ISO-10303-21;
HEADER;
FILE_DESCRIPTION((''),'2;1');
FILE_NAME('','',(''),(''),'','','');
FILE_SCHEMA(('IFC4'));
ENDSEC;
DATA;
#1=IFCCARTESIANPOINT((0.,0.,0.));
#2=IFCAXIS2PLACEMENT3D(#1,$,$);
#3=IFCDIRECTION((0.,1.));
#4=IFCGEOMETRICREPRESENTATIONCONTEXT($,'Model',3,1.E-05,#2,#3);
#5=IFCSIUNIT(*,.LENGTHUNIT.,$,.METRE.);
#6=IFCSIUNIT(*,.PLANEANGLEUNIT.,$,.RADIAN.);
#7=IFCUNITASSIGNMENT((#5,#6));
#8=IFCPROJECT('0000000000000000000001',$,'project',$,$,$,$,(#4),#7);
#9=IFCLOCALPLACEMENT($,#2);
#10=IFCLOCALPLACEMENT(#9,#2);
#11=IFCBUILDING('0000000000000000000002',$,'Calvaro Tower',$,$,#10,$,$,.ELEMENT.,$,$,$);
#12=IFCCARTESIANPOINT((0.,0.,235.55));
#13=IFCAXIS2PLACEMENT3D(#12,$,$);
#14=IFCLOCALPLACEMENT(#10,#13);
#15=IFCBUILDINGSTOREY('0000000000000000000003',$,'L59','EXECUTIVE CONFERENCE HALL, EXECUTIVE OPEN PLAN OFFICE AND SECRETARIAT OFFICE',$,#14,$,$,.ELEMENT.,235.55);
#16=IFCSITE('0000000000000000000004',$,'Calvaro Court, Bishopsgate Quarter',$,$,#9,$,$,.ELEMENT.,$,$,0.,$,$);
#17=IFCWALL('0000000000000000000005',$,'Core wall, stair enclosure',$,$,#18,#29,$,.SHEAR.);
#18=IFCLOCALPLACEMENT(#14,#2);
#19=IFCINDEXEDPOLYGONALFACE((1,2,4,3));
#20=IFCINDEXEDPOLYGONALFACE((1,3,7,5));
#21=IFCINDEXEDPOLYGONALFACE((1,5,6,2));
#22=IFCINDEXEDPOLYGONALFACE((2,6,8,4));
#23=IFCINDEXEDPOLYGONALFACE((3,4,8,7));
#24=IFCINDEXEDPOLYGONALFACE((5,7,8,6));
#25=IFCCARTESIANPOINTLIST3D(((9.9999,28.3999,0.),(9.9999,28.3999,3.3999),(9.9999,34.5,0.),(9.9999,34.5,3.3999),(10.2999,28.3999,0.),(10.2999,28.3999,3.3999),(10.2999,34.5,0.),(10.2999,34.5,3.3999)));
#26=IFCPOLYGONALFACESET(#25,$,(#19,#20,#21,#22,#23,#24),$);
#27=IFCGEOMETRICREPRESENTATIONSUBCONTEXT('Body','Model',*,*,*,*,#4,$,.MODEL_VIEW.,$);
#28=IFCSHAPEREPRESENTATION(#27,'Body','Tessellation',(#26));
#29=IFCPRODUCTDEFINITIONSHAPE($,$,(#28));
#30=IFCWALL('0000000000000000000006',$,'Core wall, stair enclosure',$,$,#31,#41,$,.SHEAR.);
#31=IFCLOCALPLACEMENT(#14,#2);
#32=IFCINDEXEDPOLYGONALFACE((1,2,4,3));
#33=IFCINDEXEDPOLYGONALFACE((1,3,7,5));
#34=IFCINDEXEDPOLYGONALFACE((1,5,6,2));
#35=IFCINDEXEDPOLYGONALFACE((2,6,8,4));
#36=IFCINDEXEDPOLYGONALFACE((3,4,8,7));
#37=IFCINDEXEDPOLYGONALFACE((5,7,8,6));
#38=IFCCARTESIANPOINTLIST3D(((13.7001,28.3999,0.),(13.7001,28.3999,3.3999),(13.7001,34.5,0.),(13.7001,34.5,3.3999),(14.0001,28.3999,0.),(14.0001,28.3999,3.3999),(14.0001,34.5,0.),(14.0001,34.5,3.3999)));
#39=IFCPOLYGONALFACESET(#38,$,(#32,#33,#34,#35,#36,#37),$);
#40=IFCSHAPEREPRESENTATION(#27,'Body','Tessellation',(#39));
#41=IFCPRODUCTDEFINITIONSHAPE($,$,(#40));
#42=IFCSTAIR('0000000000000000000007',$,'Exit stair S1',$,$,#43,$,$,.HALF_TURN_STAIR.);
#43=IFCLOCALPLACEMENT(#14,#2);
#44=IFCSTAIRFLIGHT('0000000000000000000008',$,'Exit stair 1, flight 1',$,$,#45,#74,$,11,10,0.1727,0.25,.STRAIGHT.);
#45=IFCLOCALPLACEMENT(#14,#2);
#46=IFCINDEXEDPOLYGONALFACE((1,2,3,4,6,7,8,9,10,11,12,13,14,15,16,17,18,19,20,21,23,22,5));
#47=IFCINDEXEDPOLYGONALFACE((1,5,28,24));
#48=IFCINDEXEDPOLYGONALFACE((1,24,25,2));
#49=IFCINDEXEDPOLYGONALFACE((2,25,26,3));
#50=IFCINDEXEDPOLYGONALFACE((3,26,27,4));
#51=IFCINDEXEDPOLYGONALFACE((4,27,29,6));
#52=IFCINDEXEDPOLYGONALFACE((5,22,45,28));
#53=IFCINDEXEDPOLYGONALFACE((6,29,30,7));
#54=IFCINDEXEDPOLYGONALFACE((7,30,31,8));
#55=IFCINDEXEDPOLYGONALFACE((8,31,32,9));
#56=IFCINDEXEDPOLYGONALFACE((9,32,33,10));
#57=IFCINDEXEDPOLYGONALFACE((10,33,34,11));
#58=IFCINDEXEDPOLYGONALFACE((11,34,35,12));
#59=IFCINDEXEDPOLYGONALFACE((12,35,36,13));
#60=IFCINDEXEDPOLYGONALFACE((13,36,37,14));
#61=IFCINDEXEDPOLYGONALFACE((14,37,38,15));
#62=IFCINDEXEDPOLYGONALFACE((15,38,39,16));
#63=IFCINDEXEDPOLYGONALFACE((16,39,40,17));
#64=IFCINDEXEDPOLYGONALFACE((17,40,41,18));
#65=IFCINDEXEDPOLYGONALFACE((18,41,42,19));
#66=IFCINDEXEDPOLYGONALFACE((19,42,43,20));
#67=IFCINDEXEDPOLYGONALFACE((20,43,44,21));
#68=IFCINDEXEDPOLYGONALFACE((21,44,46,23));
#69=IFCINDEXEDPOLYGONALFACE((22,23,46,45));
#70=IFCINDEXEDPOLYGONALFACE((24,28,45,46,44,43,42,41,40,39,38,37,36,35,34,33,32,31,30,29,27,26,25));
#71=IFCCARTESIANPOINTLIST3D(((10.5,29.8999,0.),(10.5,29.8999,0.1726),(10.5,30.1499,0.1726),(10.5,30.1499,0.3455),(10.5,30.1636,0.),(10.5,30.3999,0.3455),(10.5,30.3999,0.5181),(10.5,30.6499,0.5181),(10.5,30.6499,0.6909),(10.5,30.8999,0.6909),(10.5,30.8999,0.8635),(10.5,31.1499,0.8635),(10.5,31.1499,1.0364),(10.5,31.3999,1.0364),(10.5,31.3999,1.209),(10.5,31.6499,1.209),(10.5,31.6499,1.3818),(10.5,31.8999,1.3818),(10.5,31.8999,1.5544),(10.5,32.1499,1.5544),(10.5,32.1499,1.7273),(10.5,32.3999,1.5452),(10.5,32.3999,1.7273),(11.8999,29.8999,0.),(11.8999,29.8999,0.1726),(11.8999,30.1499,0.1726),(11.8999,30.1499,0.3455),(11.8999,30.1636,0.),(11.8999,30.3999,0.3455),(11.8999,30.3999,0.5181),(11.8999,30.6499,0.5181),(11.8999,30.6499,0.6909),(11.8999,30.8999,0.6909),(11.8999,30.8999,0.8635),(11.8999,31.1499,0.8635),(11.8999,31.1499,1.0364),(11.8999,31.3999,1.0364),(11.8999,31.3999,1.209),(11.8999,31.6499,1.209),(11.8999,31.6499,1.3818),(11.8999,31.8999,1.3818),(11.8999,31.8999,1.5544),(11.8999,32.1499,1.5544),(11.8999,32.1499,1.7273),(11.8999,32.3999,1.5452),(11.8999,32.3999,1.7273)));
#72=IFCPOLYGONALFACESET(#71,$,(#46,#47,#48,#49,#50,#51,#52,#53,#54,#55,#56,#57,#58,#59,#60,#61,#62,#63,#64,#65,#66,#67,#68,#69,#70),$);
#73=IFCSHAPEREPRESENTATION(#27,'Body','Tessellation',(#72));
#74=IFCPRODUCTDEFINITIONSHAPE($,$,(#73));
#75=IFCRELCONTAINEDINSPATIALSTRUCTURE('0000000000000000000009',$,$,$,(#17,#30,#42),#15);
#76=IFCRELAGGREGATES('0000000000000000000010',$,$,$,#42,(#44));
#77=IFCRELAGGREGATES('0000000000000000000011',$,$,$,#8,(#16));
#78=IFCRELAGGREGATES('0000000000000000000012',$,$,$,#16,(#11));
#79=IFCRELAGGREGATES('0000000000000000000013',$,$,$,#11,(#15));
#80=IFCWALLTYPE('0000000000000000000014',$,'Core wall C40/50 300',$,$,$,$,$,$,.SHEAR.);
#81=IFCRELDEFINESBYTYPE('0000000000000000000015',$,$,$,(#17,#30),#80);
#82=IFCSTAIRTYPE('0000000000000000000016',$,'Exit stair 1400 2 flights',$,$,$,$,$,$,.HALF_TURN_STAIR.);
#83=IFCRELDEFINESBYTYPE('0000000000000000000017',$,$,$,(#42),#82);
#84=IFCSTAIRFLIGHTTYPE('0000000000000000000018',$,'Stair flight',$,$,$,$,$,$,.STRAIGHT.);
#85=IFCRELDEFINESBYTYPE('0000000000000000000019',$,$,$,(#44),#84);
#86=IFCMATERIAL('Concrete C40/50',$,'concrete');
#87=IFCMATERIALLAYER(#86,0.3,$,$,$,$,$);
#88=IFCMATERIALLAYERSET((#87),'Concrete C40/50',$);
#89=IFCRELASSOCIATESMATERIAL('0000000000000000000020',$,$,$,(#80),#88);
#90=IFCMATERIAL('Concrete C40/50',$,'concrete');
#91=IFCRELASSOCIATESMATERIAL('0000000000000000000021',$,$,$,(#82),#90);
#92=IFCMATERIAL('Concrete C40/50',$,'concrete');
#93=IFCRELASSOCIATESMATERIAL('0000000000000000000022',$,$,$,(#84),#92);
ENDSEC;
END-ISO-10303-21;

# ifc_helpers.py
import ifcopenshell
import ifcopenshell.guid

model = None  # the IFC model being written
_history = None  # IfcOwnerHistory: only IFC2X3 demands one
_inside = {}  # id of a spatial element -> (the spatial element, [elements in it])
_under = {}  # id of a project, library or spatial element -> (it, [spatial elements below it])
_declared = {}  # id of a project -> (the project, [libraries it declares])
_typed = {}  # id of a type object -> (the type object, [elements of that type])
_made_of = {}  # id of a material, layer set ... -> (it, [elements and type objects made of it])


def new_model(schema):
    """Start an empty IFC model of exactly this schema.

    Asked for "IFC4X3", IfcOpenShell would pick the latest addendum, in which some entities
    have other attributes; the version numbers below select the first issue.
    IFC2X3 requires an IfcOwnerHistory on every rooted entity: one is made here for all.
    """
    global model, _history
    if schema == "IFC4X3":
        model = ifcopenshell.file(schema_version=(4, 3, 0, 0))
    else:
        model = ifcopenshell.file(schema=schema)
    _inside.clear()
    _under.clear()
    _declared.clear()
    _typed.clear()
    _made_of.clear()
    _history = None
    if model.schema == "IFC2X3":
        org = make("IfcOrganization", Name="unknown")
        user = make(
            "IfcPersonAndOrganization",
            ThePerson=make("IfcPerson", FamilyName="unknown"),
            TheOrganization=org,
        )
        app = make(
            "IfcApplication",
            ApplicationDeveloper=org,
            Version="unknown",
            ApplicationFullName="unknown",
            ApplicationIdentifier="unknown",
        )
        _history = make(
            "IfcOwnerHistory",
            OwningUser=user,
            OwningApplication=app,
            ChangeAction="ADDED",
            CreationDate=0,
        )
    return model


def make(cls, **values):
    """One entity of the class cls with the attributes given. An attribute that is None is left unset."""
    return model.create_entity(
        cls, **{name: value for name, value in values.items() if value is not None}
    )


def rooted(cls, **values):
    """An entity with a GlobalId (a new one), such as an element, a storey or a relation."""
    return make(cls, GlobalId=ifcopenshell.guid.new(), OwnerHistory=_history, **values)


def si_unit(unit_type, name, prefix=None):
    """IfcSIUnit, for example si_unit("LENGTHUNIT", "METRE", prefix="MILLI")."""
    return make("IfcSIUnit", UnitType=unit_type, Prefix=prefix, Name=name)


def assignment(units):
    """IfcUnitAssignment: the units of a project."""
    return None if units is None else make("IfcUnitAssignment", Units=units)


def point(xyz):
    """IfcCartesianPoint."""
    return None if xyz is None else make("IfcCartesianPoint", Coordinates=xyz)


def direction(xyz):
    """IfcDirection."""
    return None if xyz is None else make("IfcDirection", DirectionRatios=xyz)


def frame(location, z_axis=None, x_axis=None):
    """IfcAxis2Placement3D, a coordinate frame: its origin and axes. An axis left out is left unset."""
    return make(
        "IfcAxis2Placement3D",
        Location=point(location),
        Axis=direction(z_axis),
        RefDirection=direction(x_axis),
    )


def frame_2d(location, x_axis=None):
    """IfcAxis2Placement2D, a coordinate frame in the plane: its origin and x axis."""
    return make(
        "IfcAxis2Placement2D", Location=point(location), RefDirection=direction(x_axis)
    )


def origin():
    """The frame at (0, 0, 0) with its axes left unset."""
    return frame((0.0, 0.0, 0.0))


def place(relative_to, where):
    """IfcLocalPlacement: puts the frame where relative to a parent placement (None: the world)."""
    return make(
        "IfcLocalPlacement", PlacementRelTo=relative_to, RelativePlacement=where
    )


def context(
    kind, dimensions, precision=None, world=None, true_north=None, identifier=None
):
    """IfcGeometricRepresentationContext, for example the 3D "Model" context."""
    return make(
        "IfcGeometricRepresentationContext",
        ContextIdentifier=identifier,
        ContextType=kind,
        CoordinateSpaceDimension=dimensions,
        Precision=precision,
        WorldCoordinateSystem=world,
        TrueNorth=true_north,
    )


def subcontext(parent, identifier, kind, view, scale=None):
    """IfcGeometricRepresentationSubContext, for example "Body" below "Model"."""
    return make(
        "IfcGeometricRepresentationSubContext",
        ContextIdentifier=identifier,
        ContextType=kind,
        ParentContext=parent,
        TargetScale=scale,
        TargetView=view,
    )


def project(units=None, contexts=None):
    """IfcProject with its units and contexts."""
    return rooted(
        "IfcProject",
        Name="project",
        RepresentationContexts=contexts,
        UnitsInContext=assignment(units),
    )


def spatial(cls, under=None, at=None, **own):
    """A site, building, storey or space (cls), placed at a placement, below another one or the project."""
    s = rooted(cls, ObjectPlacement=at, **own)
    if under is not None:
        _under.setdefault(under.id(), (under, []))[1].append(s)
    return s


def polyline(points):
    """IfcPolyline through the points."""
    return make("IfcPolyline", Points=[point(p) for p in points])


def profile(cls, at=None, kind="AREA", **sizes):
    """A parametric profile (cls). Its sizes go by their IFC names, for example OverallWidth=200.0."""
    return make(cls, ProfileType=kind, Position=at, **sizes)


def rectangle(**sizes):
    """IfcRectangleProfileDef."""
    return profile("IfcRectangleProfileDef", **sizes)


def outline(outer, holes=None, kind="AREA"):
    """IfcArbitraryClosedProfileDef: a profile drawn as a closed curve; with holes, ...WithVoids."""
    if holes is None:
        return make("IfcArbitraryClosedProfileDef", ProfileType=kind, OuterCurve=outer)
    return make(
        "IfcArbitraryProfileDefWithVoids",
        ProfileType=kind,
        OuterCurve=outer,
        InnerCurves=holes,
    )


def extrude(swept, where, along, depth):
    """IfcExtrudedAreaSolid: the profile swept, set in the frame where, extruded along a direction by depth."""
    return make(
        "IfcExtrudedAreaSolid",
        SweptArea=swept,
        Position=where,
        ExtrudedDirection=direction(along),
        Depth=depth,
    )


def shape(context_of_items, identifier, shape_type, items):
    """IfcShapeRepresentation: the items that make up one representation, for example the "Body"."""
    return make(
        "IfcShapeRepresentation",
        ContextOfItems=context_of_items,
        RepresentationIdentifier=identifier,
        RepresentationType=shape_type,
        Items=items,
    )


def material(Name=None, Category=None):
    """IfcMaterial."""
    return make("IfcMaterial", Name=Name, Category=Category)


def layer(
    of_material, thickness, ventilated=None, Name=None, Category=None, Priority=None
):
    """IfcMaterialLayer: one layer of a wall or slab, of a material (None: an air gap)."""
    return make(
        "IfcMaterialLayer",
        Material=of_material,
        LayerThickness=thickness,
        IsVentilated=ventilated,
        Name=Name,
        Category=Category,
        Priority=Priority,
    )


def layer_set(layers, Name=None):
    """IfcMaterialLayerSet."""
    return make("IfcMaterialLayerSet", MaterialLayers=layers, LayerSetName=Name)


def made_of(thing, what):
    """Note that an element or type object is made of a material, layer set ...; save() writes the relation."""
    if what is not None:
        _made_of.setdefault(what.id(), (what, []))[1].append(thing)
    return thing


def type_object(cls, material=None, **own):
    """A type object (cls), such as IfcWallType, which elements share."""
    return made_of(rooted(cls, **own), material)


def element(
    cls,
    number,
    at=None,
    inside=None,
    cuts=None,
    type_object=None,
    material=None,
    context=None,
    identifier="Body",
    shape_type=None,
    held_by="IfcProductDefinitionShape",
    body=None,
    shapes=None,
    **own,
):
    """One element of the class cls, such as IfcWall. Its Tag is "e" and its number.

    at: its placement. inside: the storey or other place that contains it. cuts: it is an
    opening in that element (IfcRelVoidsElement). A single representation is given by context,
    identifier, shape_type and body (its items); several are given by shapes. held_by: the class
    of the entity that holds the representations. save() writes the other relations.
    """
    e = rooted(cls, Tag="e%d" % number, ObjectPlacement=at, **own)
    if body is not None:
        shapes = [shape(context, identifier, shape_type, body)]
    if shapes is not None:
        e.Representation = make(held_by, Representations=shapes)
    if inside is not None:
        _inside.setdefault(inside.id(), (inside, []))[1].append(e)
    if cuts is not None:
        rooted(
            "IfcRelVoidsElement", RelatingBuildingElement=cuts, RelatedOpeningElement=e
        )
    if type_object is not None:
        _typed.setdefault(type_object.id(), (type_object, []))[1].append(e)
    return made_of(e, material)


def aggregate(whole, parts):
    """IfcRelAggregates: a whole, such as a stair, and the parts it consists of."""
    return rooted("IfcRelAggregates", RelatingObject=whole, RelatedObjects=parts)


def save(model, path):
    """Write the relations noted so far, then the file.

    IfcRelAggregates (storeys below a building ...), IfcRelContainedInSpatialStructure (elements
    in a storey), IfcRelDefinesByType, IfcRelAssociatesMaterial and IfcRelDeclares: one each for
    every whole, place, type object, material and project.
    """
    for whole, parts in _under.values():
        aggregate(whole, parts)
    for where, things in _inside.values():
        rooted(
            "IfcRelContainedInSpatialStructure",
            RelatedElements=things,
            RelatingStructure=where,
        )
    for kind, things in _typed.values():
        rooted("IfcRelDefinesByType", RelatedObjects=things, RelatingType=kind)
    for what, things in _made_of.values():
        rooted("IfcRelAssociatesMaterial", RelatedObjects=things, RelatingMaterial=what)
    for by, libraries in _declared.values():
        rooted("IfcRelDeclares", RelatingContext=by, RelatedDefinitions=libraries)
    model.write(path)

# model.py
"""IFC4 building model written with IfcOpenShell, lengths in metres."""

from ifc_helpers import new_model, si_unit, direction, frame, frame_2d, origin, place, context, subcontext, project, spatial, polyline, rectangle, outline, extrude, material, layer, layer_set, type_object, element, aggregate, save


model = new_model("IFC4")

# Units and contexts
model_context = context("Model", 3, precision=1e-05, world=origin(), true_north=direction((0.0, 1.0)))
body_context = subcontext(model_context, "Body", "Model", "MODEL_VIEW")
ifc_project = project(units=[si_unit("LENGTHUNIT", "METRE"), si_unit("PLANEANGLEUNIT", "RADIAN")], contexts=[model_context])

# Site, building, storey
site_placement = place(None, origin())
site = spatial("IfcSite", under=ifc_project, at=site_placement, Name="Calvaro Court, Bishopsgate Quarter", CompositionType="ELEMENT", RefElevation=0.0)
building_placement = place(site_placement, origin())
building = spatial("IfcBuilding", under=site, at=building_placement, Name="Calvaro Tower", CompositionType="ELEMENT")
storey_placement = place(building_placement, frame((0.0, 0.0, 235.55)))
storey = spatial("IfcBuildingStorey", under=building, at=storey_placement, Name="L59", Description="EXECUTIVE CONFERENCE HALL, EXECUTIVE OPEN PLAN OFFICE AND SECRETARIAT OFFICE", CompositionType="ELEMENT", Elevation=235.55)

# Walls
ifc_material_1 = material(Name="Concrete C40/50", Category="concrete")
ifc_layer = layer(ifc_material_1, 0.3)
ifc_layer_set = layer_set([ifc_layer], Name="Concrete C40/50")
wall_type = type_object("IfcWallType", Name="Core wall C40/50 300", PredefinedType="SHEAR", material=ifc_layer_set)
for number, where, z_axis, x_axis, name in (
    (1, (10.1499, 28.3999, 0.0), (0.0, 0.0, 1.0), (0.0, 1.0, 0.0), "Core wall, stair enclosure"),
    (2, (13.8501, 28.3999, 0.0), (0.0, 0.0, 1.0), (0.0, 1.0, 0.0), "Core wall, stair enclosure"),
):
    element("IfcWall", number, at=place(storey_placement, frame(where, z_axis=z_axis, x_axis=x_axis)), inside=storey, type_object=wall_type, Name=name, PredefinedType="SHEAR", context=body_context, shape_type="SweptSolid", body=[
        extrude(rectangle(XDim=6.1001, YDim=0.3, at=frame_2d((3.05, 0.0))), origin(), (0.0, 0.0, 1.0), 3.3999),
    ])

# Stair, stair flight
ifc_material_2 = material(Name="Concrete C40/50", Category="concrete")
stair_type = type_object("IfcStairType", Name="Exit stair 1400 2 flights", PredefinedType="HALF_TURN_STAIR", material=ifc_material_2)
stair_placement = place(storey_placement, origin())
stair = element("IfcStair", 3, at=stair_placement, inside=storey, type_object=stair_type, Name="Exit stair S1", PredefinedType="HALF_TURN_STAIR")
ifc_material_3 = material(Name="Concrete C40/50", Category="concrete")
stair_flight_type = type_object("IfcStairFlightType", Name="Stair flight", PredefinedType="STRAIGHT", material=ifc_material_3)
stair_flight_placement = place(storey_placement, frame((11.2, 29.8999, 0.0), z_axis=(0.0, 0.0, 1.0), x_axis=(0.0, 1.0, 0.0)))
stair_flight = element("IfcStairFlight", 4, at=stair_flight_placement, type_object=stair_flight_type, Name="Exit stair 1, flight 1", NumberOfRisers=11, NumberOfTreads=10, PredefinedType="STRAIGHT", RiserHeight=0.1727, TreadLength=0.25, context=body_context, shape_type="SweptSolid", body=[
    extrude(outline(polyline([(0.0, 0.0), (0.0, 0.1726), (0.25, 0.1726), (0.25, 0.3455), (0.5, 0.3455), (0.5, 0.5181), (0.75, 0.5181), (0.75, 0.6909), (1.0, 0.6909), (1.0, 0.8635), (1.25, 0.8635), (1.25, 1.0364), (1.5, 1.0364), (1.5, 1.209), (1.75, 1.209), (1.75, 1.3818), (2.0, 1.3818), (2.0, 1.5544), (2.25, 1.5544), (2.25, 1.7273), (2.5, 1.7273), (2.5, 1.8999), (2.5, 1.5452), (0.2637, 0.0), (0.0, 0.0)])), frame((0.0, 0.7, 0.0), z_axis=(0.0, -1.0, 0.0), x_axis=(1.0, 0.0, 0.0)), (0.0, 0.0, 1.0), 1.3999),
])
aggregate(stair, [stair_flight])

save(model, "model.ifc")
